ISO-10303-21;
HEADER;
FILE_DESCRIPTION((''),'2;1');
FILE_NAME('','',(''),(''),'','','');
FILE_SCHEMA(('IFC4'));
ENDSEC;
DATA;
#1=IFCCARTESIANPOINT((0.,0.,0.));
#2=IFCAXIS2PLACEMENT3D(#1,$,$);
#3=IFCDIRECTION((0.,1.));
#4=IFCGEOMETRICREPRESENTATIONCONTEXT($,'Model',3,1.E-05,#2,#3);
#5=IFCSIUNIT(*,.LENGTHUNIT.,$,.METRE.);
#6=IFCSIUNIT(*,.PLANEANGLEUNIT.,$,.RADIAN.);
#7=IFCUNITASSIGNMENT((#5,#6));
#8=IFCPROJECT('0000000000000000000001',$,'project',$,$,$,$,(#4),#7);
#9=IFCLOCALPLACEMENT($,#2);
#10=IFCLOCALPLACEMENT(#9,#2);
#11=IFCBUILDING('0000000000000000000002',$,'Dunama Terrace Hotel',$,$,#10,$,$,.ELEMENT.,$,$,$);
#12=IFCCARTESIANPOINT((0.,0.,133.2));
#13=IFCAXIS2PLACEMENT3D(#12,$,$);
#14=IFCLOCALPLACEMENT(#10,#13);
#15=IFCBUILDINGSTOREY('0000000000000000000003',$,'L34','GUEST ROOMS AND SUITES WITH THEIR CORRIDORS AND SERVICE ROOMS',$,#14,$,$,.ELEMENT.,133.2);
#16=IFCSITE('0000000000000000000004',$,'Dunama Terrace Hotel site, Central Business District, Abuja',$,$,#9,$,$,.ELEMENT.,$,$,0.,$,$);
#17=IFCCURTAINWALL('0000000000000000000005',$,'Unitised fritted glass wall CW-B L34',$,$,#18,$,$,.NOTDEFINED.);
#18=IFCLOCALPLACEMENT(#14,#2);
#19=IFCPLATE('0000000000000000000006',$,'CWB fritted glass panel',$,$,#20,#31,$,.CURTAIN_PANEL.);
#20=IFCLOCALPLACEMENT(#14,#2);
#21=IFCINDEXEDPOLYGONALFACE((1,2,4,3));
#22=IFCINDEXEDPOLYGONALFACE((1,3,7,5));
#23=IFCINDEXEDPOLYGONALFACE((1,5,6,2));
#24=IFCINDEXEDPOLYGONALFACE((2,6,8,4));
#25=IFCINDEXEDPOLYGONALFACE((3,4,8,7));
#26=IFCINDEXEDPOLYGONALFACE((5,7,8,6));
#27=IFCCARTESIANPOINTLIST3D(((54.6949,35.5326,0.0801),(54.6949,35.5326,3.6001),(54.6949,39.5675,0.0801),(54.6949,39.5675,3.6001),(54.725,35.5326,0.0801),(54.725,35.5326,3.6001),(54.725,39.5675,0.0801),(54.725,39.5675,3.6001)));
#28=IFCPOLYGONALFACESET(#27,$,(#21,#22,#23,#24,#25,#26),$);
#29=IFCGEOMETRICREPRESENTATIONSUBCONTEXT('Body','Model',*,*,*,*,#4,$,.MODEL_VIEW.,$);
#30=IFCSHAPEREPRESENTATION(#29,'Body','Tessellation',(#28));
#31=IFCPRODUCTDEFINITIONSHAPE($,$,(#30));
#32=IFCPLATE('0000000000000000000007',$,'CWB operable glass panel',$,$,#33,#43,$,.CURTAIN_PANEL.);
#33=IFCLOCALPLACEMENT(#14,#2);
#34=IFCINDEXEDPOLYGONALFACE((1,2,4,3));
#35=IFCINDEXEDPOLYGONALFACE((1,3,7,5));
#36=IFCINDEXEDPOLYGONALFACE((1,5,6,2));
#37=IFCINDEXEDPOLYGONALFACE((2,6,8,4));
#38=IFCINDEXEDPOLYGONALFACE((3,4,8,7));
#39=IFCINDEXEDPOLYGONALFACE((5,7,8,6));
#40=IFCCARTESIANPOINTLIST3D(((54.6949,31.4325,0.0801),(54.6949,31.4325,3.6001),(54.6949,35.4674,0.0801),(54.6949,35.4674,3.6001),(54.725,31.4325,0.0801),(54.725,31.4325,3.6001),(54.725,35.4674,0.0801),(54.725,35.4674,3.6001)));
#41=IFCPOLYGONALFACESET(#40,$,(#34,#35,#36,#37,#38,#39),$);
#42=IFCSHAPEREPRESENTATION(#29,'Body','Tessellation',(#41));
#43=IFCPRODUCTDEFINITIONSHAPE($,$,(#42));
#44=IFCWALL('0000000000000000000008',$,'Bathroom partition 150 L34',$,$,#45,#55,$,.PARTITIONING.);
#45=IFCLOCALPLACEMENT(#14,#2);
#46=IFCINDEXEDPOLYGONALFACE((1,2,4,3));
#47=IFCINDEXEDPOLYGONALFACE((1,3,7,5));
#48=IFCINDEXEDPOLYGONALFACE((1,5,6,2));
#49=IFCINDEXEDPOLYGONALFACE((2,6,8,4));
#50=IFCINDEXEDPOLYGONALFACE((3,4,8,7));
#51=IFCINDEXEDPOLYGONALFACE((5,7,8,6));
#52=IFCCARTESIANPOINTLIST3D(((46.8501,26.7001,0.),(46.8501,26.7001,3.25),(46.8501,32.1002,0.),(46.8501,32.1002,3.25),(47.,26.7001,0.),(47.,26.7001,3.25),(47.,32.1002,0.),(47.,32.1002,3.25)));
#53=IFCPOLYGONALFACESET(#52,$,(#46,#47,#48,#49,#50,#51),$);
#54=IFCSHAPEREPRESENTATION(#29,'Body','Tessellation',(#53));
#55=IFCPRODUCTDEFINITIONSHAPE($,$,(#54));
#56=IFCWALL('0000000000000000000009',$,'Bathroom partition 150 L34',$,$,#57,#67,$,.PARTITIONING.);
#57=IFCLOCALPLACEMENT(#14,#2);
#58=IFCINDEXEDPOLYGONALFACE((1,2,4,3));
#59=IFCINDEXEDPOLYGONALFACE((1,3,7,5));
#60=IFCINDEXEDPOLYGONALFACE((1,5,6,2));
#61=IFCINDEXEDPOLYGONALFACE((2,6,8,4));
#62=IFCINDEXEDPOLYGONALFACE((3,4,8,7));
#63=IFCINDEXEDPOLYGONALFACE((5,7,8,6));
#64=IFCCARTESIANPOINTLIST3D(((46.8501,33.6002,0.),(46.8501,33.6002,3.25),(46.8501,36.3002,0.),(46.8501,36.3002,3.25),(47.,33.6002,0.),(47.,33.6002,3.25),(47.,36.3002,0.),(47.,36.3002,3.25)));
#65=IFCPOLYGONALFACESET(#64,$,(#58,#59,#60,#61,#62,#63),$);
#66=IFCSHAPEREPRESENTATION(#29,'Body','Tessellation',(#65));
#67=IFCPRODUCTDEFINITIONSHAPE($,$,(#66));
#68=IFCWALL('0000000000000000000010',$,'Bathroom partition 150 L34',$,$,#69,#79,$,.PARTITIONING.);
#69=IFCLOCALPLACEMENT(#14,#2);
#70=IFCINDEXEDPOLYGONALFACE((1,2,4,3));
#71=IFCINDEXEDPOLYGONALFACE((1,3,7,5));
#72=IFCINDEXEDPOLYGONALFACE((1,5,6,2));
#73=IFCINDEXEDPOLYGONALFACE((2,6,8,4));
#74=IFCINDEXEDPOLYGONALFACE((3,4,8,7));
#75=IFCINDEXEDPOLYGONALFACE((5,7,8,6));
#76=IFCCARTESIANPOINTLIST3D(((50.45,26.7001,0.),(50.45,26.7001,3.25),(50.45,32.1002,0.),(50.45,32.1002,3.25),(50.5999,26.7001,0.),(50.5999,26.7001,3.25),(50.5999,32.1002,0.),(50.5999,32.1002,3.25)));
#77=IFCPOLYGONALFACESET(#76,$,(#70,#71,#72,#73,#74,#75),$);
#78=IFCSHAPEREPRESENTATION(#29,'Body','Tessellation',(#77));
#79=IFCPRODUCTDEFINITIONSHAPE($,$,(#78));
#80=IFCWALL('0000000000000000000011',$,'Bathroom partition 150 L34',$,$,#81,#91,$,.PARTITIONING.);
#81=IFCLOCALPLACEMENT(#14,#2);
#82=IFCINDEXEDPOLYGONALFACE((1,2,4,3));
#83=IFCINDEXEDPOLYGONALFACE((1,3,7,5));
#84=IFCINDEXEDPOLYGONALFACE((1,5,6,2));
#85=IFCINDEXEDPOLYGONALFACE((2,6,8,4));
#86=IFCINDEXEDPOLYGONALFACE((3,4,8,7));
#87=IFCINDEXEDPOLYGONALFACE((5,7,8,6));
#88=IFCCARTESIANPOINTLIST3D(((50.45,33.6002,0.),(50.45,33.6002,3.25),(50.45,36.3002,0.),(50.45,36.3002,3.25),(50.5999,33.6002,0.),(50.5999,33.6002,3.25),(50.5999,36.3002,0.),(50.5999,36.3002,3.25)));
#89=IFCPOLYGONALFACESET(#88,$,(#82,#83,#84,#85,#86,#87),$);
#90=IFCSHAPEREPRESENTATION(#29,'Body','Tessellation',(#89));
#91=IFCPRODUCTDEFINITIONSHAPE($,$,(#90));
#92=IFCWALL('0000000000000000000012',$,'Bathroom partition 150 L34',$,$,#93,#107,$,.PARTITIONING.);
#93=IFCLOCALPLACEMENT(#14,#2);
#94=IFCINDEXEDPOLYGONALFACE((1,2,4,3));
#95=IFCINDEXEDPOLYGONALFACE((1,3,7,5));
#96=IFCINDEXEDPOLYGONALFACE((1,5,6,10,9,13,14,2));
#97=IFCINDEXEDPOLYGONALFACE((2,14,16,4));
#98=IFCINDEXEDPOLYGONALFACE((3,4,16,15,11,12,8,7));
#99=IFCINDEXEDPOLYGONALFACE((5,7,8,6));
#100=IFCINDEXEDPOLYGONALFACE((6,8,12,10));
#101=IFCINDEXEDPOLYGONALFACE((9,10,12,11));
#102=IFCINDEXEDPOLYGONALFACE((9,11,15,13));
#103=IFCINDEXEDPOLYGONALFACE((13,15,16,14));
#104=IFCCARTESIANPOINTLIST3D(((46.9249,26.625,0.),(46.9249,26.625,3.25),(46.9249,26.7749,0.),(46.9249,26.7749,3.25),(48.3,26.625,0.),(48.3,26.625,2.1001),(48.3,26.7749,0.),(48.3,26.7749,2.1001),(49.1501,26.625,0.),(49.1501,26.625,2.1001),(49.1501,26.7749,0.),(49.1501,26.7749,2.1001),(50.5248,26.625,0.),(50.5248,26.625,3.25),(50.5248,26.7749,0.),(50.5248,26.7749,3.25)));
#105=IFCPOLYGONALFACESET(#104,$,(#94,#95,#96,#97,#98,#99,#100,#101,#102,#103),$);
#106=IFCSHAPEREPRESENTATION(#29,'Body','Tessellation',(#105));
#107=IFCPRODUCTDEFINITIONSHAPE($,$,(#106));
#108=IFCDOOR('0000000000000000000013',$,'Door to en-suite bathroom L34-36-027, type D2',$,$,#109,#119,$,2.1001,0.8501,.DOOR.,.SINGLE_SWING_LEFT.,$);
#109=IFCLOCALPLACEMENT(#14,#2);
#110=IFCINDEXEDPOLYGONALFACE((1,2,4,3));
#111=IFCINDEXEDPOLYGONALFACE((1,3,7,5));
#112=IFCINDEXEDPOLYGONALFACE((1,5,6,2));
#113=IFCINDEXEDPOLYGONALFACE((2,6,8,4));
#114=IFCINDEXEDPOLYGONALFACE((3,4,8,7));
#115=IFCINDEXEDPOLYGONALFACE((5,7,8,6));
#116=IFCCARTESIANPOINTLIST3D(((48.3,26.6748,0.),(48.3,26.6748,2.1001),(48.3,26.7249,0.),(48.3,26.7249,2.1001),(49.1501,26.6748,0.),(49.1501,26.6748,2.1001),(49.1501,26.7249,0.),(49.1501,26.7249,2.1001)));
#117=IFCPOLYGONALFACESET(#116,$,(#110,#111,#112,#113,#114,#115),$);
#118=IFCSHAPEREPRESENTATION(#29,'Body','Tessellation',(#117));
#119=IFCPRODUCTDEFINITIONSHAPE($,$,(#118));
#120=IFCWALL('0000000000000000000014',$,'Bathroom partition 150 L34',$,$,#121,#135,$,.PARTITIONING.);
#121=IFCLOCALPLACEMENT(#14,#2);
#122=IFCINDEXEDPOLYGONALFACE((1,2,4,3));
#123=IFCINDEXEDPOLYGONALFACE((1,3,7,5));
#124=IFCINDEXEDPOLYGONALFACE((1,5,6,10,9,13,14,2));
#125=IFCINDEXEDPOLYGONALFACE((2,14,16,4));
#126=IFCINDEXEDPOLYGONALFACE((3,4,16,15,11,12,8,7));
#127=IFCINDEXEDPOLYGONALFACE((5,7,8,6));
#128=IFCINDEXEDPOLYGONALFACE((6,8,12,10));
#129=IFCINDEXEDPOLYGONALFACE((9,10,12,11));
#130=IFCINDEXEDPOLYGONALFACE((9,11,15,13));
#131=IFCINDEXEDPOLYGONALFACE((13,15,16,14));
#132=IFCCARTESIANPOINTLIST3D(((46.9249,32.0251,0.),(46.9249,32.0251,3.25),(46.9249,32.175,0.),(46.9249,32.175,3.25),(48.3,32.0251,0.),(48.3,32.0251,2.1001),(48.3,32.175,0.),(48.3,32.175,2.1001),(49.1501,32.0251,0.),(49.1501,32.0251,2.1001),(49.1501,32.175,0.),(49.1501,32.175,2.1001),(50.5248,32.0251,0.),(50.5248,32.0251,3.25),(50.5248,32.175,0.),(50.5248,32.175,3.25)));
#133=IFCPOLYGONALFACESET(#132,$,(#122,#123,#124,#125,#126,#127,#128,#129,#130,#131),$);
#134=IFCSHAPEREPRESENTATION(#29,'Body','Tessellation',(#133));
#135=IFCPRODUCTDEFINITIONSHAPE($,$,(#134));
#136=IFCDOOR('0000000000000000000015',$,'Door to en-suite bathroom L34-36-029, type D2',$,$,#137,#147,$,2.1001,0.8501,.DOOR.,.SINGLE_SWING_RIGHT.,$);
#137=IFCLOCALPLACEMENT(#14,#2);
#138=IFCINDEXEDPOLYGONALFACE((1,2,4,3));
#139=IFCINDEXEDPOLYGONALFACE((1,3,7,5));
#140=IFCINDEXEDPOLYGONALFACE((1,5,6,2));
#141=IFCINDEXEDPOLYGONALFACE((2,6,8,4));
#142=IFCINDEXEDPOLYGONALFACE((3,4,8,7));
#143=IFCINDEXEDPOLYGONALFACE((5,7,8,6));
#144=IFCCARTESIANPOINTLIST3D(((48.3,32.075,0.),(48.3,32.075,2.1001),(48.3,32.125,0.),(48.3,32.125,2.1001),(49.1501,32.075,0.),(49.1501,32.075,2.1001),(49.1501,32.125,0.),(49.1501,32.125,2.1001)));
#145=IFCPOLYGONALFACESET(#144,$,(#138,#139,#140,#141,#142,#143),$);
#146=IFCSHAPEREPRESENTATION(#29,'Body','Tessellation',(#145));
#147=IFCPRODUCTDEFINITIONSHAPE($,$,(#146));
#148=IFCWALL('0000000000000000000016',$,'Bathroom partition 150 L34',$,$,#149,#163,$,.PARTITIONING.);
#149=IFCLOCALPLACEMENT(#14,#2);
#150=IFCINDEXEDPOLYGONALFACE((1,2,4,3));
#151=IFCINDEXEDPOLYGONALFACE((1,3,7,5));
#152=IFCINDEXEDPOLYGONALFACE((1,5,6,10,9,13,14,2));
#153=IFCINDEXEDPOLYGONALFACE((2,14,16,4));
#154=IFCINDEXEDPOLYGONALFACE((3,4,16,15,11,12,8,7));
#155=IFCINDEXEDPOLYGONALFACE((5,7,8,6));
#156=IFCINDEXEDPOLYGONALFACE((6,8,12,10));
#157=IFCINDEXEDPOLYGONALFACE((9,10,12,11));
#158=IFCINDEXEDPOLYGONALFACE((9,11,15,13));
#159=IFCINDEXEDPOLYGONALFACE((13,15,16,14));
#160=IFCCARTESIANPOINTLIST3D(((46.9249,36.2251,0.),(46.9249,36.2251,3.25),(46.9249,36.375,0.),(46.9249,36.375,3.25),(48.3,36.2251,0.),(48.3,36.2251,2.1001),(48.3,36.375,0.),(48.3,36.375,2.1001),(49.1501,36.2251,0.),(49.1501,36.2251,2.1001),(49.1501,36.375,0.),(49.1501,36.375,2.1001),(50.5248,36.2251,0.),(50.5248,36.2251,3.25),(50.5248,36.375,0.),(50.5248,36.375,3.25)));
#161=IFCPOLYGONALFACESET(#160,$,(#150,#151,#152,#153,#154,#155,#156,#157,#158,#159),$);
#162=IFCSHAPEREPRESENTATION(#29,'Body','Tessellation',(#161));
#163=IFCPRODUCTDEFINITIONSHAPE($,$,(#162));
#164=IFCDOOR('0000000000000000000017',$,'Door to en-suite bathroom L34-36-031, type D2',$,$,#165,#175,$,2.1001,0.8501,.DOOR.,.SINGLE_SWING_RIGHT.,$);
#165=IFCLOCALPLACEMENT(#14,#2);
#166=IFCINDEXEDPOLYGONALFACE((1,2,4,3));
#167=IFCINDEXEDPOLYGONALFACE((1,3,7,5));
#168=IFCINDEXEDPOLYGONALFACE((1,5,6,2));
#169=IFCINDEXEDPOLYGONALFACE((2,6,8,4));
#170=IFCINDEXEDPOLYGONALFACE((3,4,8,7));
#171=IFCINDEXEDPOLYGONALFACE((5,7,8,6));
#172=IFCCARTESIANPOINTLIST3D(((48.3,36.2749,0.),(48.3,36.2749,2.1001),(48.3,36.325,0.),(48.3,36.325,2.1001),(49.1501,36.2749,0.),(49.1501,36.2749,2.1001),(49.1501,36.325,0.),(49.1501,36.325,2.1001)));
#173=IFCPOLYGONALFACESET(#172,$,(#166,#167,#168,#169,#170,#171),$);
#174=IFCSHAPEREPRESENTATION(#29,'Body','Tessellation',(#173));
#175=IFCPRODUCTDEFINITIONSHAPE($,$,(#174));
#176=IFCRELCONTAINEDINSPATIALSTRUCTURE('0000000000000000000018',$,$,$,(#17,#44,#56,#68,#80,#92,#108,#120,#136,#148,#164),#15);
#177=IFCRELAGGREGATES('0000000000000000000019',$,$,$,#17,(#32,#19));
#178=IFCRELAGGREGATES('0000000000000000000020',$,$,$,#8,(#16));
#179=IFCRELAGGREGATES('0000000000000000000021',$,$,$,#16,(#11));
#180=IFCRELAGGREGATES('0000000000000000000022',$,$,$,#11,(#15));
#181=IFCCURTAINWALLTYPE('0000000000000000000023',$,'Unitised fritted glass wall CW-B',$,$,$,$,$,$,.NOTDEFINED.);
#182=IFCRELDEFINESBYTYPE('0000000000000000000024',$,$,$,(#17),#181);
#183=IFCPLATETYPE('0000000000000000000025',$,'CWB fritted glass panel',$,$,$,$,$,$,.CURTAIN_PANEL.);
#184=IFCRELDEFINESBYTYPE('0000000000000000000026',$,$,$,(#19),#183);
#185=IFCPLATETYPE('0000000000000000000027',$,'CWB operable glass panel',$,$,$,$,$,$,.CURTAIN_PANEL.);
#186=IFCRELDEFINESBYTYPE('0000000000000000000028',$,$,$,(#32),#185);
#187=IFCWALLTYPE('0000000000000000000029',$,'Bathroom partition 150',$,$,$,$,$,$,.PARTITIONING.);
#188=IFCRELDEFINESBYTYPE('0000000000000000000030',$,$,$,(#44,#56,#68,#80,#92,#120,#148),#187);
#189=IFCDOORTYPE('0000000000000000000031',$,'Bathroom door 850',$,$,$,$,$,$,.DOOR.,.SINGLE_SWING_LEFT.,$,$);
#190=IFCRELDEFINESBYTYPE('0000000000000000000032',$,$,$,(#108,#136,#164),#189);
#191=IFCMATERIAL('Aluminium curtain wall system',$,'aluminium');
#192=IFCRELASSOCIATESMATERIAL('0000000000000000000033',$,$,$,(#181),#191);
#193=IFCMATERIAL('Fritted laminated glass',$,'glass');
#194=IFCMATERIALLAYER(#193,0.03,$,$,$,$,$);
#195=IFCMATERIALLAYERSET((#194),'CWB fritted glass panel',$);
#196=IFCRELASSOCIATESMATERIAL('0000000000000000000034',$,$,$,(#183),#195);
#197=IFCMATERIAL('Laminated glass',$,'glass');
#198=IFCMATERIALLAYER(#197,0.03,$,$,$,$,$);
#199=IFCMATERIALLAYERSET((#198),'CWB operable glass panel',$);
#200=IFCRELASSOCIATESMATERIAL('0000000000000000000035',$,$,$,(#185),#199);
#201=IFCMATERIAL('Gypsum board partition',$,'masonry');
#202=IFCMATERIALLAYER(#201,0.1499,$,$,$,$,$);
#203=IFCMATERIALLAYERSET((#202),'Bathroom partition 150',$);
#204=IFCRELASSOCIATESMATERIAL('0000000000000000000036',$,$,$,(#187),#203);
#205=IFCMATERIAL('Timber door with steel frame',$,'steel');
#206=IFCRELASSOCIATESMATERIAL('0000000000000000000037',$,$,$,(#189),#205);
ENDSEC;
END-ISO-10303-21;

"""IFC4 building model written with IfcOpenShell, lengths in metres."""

from ifc_helpers import new_model, si_unit, direction, frame, frame_2d, origin, origin_2d, place, context, subcontext, project, spatial, rectangle, extrude, material, layer, layer_set, type_object, element, fill, aggregate, save


model = new_model("IFC4")

# Units and contexts
model_context = context("Model", 3, precision=1e-05, world=origin(), true_north=direction((0.0, 1.0)))
body_context = subcontext(model_context, "Body", "Model", "MODEL_VIEW")
ifc_project = project(units=[si_unit("LENGTHUNIT", "METRE"), si_unit("PLANEANGLEUNIT", "RADIAN")], contexts=[model_context])

# Site, building, storey
site_placement = place(None, origin())
site = spatial("IfcSite", under=ifc_project, at=site_placement, Name="Dunama Terrace Hotel site, Central Business District, Abuja", CompositionType="ELEMENT", RefElevation=0.0)
building_placement = place(site_placement, origin())
building = spatial("IfcBuilding", under=site, at=building_placement, Name="Dunama Terrace Hotel", CompositionType="ELEMENT")
storey_placement = place(building_placement, frame((0.0, 0.0, 133.2)))
storey = spatial("IfcBuildingStorey", under=building, at=storey_placement, Name="L34", Description="GUEST ROOMS AND SUITES WITH THEIR CORRIDORS AND SERVICE ROOMS", CompositionType="ELEMENT", Elevation=133.2)

# Curtain wall
ifc_material_1 = material(Name="Aluminium curtain wall system", Category="aluminium")
curtain_wall_type = type_object("IfcCurtainWallType", Name="Unitised fritted glass wall CW-B", PredefinedType="NOTDEFINED", material=ifc_material_1)
curtain_wall_placement = place(storey_placement, origin())
curtain_wall = element("IfcCurtainWall", 1, at=curtain_wall_placement, inside=storey, type_object=curtain_wall_type, Name="Unitised fritted glass wall CW-B L34", PredefinedType="NOTDEFINED")

# Plates
ifc_material_2 = material(Name="Fritted laminated glass", Category="glass")
ifc_layer_1 = layer(ifc_material_2, 0.03)
ifc_layer_set_1 = layer_set([ifc_layer_1], Name="CWB fritted glass panel")
plate_type_1 = type_object("IfcPlateType", Name="CWB fritted glass panel", PredefinedType="CURTAIN_PANEL", material=ifc_layer_set_1)
plate_1_placement = place(storey_placement, frame((54.71, 37.55, 0.0801), z_axis=(0.0, 0.0, 1.0), x_axis=(0.0, 1.0, 0.0)))
plate_1 = element("IfcPlate", 2, at=plate_1_placement, type_object=plate_type_1, Name="CWB fritted glass panel", PredefinedType="CURTAIN_PANEL", context=body_context, shape_type="SweptSolid", body=[
    extrude(rectangle(XDim=4.0349, YDim=0.03, at=origin_2d()), origin(), (0.0, 0.0, 1.0), 3.52),
])
ifc_material_3 = material(Name="Laminated glass", Category="glass")
ifc_layer_2 = layer(ifc_material_3, 0.03)
ifc_layer_set_2 = layer_set([ifc_layer_2], Name="CWB operable glass panel")
plate_type_2 = type_object("IfcPlateType", Name="CWB operable glass panel", PredefinedType="CURTAIN_PANEL", material=ifc_layer_set_2)
plate_2_placement = place(storey_placement, frame((54.71, 33.45, 0.0801), z_axis=(0.0, 0.0, 1.0), x_axis=(0.0, 1.0, 0.0)))
plate_2 = element("IfcPlate", 3, at=plate_2_placement, type_object=plate_type_2, Name="CWB operable glass panel", PredefinedType="CURTAIN_PANEL", context=body_context, shape_type="SweptSolid", body=[
    extrude(rectangle(XDim=4.0349, YDim=0.03, at=origin_2d()), origin(), (0.0, 0.0, 1.0), 3.52),
])
aggregate(curtain_wall, [plate_2, plate_1])

# Walls
ifc_material_4 = material(Name="Gypsum board partition", Category="masonry")
ifc_layer_3 = layer(ifc_material_4, 0.1499)
ifc_layer_set_3 = layer_set([ifc_layer_3], Name="Bathroom partition 150")
wall_type = type_object("IfcWallType", Name="Bathroom partition 150", PredefinedType="PARTITIONING", material=ifc_layer_set_3)
wall_1_placement = place(storey_placement, frame((46.925, 26.7, 0.0), z_axis=(0.0, 0.0, 1.0), x_axis=(0.0, 1.0, 0.0)))
element("IfcWall", 4, at=wall_1_placement, inside=storey, type_object=wall_type, Name="Bathroom partition 150 L34", PredefinedType="PARTITIONING", context=body_context, shape_type="SweptSolid", body=[
    extrude(rectangle(XDim=5.4001, YDim=0.1499, at=frame_2d((2.7002, 0.0))), origin(), (0.0, 0.0, 1.0), 3.25),
])
wall_2_placement = place(storey_placement, frame((46.925, 33.6001, 0.0), z_axis=(0.0, 0.0, 1.0), x_axis=(0.0, 1.0, 0.0)))
element("IfcWall", 5, at=wall_2_placement, inside=storey, type_object=wall_type, Name="Bathroom partition 150 L34", PredefinedType="PARTITIONING", context=body_context, shape_type="SweptSolid", body=[
    extrude(rectangle(XDim=2.7, YDim=0.1499, at=frame_2d((1.3501, 0.0))), origin(), (0.0, 0.0, 1.0), 3.25),
])
wall_3_placement = place(storey_placement, frame((50.5249, 26.7, 0.0), z_axis=(0.0, 0.0, 1.0), x_axis=(0.0, 1.0, 0.0)))
element("IfcWall", 6, at=wall_3_placement, inside=storey, type_object=wall_type, Name="Bathroom partition 150 L34", PredefinedType="PARTITIONING", context=body_context, shape_type="SweptSolid", body=[
    extrude(rectangle(XDim=5.4001, YDim=0.1499, at=frame_2d((2.7002, 0.0))), origin(), (0.0, 0.0, 1.0), 3.25),
])
wall_4_placement = place(storey_placement, frame((50.5249, 33.6001, 0.0), z_axis=(0.0, 0.0, 1.0), x_axis=(0.0, 1.0, 0.0)))
element("IfcWall", 7, at=wall_4_placement, inside=storey, type_object=wall_type, Name="Bathroom partition 150 L34", PredefinedType="PARTITIONING", context=body_context, shape_type="SweptSolid", body=[
    extrude(rectangle(XDim=2.7, YDim=0.1499, at=frame_2d((1.3501, 0.0))), origin(), (0.0, 0.0, 1.0), 3.25),
])

# Walls, openings, doors
wall_5_placement = place(storey_placement, frame((46.925, 26.7, 0.0), z_axis=(0.0, 0.0, 1.0), x_axis=(1.0, 0.0, 0.0)))
wall_5 = element("IfcWall", 8, at=wall_5_placement, inside=storey, type_object=wall_type, Name="Bathroom partition 150 L34", PredefinedType="PARTITIONING", context=body_context, shape_type="SweptSolid", body=[
    extrude(rectangle(XDim=3.5999, YDim=0.1499, at=frame_2d((1.7998, 0.0))), origin(), (0.0, 0.0, 1.0), 3.25),
])
opening_1_placement = place(wall_5_placement, frame((1.375, 0.0, 0.0)))
opening_1 = element("IfcOpeningElement", 9, at=opening_1_placement, cuts=wall_5, PredefinedType="OPENING", context=body_context, shape_type="SweptSolid", body=[
    extrude(rectangle(XDim=0.8501, YDim=2.1001, at=frame_2d((0.425, 1.05))), frame((0.0, 0.085, 0.0), z_axis=(0.0, -1.0, 0.0), x_axis=(1.0, 0.0, 0.0)), (0.0, 0.0, 1.0), 0.1699),
])
ifc_material_5 = material(Name="Timber door with steel frame", Category="steel")
door_type = type_object("IfcDoorType", Name="Bathroom door 850", OperationType="SINGLE_SWING_LEFT", PredefinedType="DOOR", material=ifc_material_5)
door_1_placement = place(opening_1_placement, origin())
door_1 = element("IfcDoor", 10, at=door_1_placement, inside=storey, type_object=door_type, Name="Door to en-suite bathroom L34-36-027, type D2", OperationType="SINGLE_SWING_LEFT", OverallHeight=2.1001, OverallWidth=0.8501, PredefinedType="DOOR", context=body_context, shape_type="SweptSolid", body=[
    extrude(rectangle(XDim=0.8501, YDim=2.1001, at=frame_2d((0.425, 1.05))), frame((0.0, 0.0249, 0.0), z_axis=(0.0, -1.0, 0.0), x_axis=(1.0, 0.0, 0.0)), (0.0, 0.0, 1.0), 0.05),
])
fill(opening_1, door_1)
wall_6_placement = place(storey_placement, frame((46.925, 32.1001, 0.0), z_axis=(0.0, 0.0, 1.0), x_axis=(1.0, 0.0, 0.0)))
wall_6 = element("IfcWall", 11, at=wall_6_placement, inside=storey, type_object=wall_type, Name="Bathroom partition 150 L34", PredefinedType="PARTITIONING", context=body_context, shape_type="SweptSolid", body=[
    extrude(rectangle(XDim=3.5999, YDim=0.1499, at=frame_2d((1.7998, 0.0))), origin(), (0.0, 0.0, 1.0), 3.25),
])
opening_2_placement = place(wall_6_placement, frame((1.375, 0.0, 0.0)))
opening_2 = element("IfcOpeningElement", 12, at=opening_2_placement, cuts=wall_6, PredefinedType="OPENING", context=body_context, shape_type="SweptSolid", body=[
    extrude(rectangle(XDim=0.8501, YDim=2.1001, at=frame_2d((0.425, 1.05))), frame((0.0, 0.085, 0.0), z_axis=(0.0, -1.0, 0.0), x_axis=(1.0, 0.0, 0.0)), (0.0, 0.0, 1.0), 0.1699),
])
door_2_placement = place(opening_2_placement, frame((0.8501, 0.0, 0.0), z_axis=(0.0, 0.0, 1.0), x_axis=(-1.0, 0.0, 0.0)))
door_2 = element("IfcDoor", 13, at=door_2_placement, inside=storey, type_object=door_type, Name="Door to en-suite bathroom L34-36-029, type D2", OperationType="SINGLE_SWING_RIGHT", OverallHeight=2.1001, OverallWidth=0.8501, PredefinedType="DOOR", context=body_context, shape_type="SweptSolid", body=[
    extrude(rectangle(XDim=0.8501, YDim=2.1001, at=frame_2d((0.425, 1.05))), frame((0.0, 0.0251, 0.0), z_axis=(0.0, -1.0, 0.0), x_axis=(1.0, 0.0, 0.0)), (0.0, 0.0, 1.0), 0.05),
])
fill(opening_2, door_2)
wall_7_placement = place(storey_placement, frame((46.925, 36.3, 0.0), z_axis=(0.0, 0.0, 1.0), x_axis=(1.0, 0.0, 0.0)))
wall_7 = element("IfcWall", 14, at=wall_7_placement, inside=storey, type_object=wall_type, Name="Bathroom partition 150 L34", PredefinedType="PARTITIONING", context=body_context, shape_type="SweptSolid", body=[
    extrude(rectangle(XDim=3.5999, YDim=0.1499, at=frame_2d((1.7998, 0.0))), origin(), (0.0, 0.0, 1.0), 3.25),
])
opening_3_placement = place(wall_7_placement, frame((1.375, 0.0, 0.0)))
opening_3 = element("IfcOpeningElement", 15, at=opening_3_placement, cuts=wall_7, PredefinedType="OPENING", context=body_context, shape_type="SweptSolid", body=[
    extrude(rectangle(XDim=0.8501, YDim=2.1001, at=frame_2d((0.425, 1.05))), frame((0.0, 0.085, 0.0), z_axis=(0.0, -1.0, 0.0), x_axis=(1.0, 0.0, 0.0)), (0.0, 0.0, 1.0), 0.1699),
])
door_3_placement = place(opening_3_placement, frame((0.8501, 0.0, 0.0), z_axis=(0.0, 0.0, 1.0), x_axis=(-1.0, 0.0, 0.0)))
door_3 = element("IfcDoor", 16, at=door_3_placement, inside=storey, type_object=door_type, Name="Door to en-suite bathroom L34-36-031, type D2", OperationType="SINGLE_SWING_RIGHT", OverallHeight=2.1001, OverallWidth=0.8501, PredefinedType="DOOR", context=body_context, shape_type="SweptSolid", body=[
    extrude(rectangle(XDim=0.8501, YDim=2.1001, at=frame_2d((0.425, 1.05))), frame((0.0, 0.0251, 0.0), z_axis=(0.0, -1.0, 0.0), x_axis=(1.0, 0.0, 0.0)), (0.0, 0.0, 1.0), 0.05),
])
fill(opening_3, door_3)

save(model, "model.ifc")
